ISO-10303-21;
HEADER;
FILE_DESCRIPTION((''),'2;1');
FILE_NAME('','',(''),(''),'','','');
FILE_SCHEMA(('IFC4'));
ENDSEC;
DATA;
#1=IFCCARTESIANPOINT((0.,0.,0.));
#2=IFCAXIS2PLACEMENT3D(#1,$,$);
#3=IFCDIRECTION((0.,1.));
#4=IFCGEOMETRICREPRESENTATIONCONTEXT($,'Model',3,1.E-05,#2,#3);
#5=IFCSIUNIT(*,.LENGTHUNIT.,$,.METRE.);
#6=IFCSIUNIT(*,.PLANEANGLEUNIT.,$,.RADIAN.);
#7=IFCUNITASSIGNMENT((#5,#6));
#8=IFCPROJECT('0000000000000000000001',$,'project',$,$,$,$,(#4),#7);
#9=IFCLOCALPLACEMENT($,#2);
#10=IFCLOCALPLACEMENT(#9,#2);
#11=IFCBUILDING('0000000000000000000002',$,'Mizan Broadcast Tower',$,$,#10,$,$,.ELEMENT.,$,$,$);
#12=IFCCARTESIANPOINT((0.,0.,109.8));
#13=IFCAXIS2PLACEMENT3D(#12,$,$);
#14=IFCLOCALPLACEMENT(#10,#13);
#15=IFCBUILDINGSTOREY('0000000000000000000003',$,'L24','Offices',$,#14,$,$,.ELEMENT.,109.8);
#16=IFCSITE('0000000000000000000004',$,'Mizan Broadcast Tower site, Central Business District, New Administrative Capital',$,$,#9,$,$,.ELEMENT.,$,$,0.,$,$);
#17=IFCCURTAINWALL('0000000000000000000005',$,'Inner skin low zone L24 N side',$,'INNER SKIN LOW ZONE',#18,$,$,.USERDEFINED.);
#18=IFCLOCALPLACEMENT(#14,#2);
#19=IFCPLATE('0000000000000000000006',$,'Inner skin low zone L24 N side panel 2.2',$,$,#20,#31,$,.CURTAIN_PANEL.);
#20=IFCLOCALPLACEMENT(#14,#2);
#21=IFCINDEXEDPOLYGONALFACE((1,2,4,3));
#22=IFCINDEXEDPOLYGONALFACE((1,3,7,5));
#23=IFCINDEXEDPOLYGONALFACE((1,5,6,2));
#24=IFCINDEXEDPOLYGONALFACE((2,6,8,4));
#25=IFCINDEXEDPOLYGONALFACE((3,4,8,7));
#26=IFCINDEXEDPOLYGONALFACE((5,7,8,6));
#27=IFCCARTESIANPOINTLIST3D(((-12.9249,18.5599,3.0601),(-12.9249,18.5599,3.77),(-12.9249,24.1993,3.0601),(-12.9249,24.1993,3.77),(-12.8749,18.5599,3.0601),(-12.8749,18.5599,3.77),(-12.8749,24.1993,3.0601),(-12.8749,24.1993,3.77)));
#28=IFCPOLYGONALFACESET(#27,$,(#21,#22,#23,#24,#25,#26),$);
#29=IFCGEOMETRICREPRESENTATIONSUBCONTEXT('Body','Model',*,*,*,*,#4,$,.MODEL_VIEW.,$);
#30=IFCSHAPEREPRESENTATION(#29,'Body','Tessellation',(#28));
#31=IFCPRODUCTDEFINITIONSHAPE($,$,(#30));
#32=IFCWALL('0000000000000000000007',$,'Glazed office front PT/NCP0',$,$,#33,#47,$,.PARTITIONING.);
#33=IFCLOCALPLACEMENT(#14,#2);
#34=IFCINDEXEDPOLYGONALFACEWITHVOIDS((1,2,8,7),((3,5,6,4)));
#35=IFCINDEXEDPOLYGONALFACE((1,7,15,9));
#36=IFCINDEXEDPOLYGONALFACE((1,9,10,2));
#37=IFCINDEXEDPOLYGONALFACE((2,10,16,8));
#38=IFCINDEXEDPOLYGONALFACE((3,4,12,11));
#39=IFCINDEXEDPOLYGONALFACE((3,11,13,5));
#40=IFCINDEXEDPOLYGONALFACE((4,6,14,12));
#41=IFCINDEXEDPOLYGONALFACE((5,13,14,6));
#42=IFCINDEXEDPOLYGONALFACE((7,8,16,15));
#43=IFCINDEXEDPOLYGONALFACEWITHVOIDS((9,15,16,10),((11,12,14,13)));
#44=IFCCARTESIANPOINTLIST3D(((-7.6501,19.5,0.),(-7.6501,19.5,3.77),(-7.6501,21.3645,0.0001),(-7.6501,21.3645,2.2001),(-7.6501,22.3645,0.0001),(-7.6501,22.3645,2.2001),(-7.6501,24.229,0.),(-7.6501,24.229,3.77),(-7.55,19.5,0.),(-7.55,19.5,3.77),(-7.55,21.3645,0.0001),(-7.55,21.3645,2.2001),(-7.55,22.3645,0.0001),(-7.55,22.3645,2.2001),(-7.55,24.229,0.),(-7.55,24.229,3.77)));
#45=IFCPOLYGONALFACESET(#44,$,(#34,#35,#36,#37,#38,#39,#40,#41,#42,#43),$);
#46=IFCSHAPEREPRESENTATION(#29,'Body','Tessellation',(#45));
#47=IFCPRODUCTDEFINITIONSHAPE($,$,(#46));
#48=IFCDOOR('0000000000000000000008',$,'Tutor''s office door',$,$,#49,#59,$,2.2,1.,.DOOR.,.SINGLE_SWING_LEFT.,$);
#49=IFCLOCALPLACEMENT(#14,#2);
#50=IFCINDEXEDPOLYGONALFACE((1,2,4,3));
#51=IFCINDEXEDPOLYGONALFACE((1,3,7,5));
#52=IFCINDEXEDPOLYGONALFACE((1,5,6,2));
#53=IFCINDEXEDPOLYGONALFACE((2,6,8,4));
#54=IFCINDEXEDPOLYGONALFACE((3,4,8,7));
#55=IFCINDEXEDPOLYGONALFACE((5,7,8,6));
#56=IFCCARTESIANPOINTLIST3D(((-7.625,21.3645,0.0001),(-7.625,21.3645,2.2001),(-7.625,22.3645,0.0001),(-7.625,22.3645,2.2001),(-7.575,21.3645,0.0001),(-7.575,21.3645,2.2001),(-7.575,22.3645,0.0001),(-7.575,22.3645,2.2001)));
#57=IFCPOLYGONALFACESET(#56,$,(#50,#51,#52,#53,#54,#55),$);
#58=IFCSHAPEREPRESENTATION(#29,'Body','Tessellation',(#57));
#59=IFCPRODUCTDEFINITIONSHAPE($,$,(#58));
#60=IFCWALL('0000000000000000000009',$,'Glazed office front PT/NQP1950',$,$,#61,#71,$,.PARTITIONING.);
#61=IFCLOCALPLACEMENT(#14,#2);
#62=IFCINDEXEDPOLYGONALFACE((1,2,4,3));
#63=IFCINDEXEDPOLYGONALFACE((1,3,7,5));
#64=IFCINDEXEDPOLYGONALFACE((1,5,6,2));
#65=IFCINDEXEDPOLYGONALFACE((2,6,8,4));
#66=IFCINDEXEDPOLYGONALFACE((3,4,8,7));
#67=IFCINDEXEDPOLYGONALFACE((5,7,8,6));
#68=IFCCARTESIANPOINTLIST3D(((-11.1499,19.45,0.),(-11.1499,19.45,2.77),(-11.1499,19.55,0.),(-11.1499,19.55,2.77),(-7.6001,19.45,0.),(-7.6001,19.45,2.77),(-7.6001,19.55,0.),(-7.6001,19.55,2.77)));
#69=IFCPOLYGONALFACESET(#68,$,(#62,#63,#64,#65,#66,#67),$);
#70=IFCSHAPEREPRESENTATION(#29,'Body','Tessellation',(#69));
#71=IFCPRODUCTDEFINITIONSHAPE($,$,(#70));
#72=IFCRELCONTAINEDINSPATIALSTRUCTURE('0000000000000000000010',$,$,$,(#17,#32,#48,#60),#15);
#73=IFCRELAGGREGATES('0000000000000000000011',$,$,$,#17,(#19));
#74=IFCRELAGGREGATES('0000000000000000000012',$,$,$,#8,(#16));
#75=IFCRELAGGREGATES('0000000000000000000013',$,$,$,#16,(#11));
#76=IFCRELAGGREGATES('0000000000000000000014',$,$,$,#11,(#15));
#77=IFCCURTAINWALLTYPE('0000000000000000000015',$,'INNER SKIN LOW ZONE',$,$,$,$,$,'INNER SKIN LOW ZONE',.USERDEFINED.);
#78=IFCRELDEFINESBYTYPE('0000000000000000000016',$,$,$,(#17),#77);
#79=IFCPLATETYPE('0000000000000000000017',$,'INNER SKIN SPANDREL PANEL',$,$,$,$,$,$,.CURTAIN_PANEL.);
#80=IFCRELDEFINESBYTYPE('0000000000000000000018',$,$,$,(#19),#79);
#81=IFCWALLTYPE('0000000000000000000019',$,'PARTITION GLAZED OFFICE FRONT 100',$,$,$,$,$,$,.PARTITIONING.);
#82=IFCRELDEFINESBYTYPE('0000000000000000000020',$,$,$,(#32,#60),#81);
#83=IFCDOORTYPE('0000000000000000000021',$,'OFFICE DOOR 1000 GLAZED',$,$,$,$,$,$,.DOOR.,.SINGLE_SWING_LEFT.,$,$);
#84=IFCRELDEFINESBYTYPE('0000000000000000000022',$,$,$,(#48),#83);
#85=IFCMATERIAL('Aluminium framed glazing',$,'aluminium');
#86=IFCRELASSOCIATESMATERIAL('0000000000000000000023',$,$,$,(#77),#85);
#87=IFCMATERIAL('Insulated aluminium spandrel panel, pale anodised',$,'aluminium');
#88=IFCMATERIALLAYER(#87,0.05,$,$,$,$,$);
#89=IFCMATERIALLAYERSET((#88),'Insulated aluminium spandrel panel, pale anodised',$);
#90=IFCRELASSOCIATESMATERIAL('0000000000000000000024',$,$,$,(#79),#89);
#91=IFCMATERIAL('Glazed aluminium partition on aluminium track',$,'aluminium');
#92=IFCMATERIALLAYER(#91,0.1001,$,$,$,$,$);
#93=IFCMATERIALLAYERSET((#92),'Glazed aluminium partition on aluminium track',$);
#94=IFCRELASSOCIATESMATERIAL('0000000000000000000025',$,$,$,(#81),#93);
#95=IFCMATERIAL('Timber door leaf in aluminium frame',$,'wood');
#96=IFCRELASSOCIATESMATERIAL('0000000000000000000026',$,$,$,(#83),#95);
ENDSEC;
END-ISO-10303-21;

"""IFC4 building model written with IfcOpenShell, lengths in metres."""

from ifc_helpers import new_model, si_unit, direction, frame, frame_2d, origin, origin_2d, place, context, subcontext, project, spatial, rectangle, extrude, material, layer, layer_set, type_object, element, fill, aggregate, save


model = new_model("IFC4")

# Units and contexts
model_context = context("Model", 3, precision=1e-05, world=origin(), true_north=direction((0.0, 1.0)))
body_context = subcontext(model_context, "Body", "Model", "MODEL_VIEW")
ifc_project = project(units=[si_unit("LENGTHUNIT", "METRE"), si_unit("PLANEANGLEUNIT", "RADIAN")], contexts=[model_context])

# Site, building, storey
site_placement = place(None, origin())
site = spatial("IfcSite", under=ifc_project, at=site_placement, Name="Mizan Broadcast Tower site, Central Business District, New Administrative Capital", CompositionType="ELEMENT", RefElevation=0.0)
building_placement = place(site_placement, origin())
building = spatial("IfcBuilding", under=site, at=building_placement, Name="Mizan Broadcast Tower", CompositionType="ELEMENT")
storey_placement = place(building_placement, frame((0.0, 0.0, 109.8)))
storey = spatial("IfcBuildingStorey", under=building, at=storey_placement, Name="L24", Description="Offices", CompositionType="ELEMENT", Elevation=109.8)

# Curtain wall, plate
ifc_material_1 = material(Name="Aluminium framed glazing", Category="aluminium")
curtain_wall_type = type_object("IfcCurtainWallType", Name="INNER SKIN LOW ZONE", ElementType="INNER SKIN LOW ZONE", PredefinedType="USERDEFINED", material=ifc_material_1)
curtain_wall_placement = place(storey_placement, origin())
curtain_wall = element("IfcCurtainWall", 1, at=curtain_wall_placement, inside=storey, type_object=curtain_wall_type, Name="Inner skin low zone L24 N side", ObjectType="INNER SKIN LOW ZONE", PredefinedType="USERDEFINED")
ifc_material_2 = material(Name="Insulated aluminium spandrel panel, pale anodised", Category="aluminium")
ifc_layer_1 = layer(ifc_material_2, 0.05)
ifc_layer_set_1 = layer_set([ifc_layer_1], Name="Insulated aluminium spandrel panel, pale anodised")
plate_type = type_object("IfcPlateType", Name="INNER SKIN SPANDREL PANEL", PredefinedType="CURTAIN_PANEL", material=ifc_layer_set_1)
plate_placement = place(storey_placement, frame((-12.8999, 21.3796, 3.0601), z_axis=(0.0, 0.0, 1.0), x_axis=(0.0, -1.0, 0.0)))
plate = element("IfcPlate", 2, at=plate_placement, type_object=plate_type, Name="Inner skin low zone L24 N side panel 2.2", PredefinedType="CURTAIN_PANEL", context=body_context, shape_type="SweptSolid", body=[
    extrude(rectangle(XDim=5.6394, YDim=0.05, at=origin_2d()), origin(), (0.0, 0.0, 1.0), 0.71),
])
aggregate(curtain_wall, [plate])

# Wall, opening, door
ifc_material_3 = material(Name="Glazed aluminium partition on aluminium track", Category="aluminium")
ifc_layer_2 = layer(ifc_material_3, 0.1001)
ifc_layer_set_2 = layer_set([ifc_layer_2], Name="Glazed aluminium partition on aluminium track")
wall_type = type_object("IfcWallType", Name="PARTITION GLAZED OFFICE FRONT 100", PredefinedType="PARTITIONING", material=ifc_layer_set_2)
wall_1_placement = place(storey_placement, frame((-7.6001, 19.5, 0.0), z_axis=(0.0, 0.0, 1.0), x_axis=(0.0, 1.0, 0.0)))
wall_1 = element("IfcWall", 3, at=wall_1_placement, inside=storey, type_object=wall_type, Name="Glazed office front PT/NCP0", PredefinedType="PARTITIONING", context=body_context, shape_type="SweptSolid", body=[
    extrude(rectangle(XDim=4.729, YDim=0.1001, at=frame_2d((2.3645, 0.0))), origin(), (0.0, 0.0, 1.0), 3.77),
])
opening_placement = place(wall_1_placement, frame((1.8645, 0.0, 0.0)))
opening = element("IfcOpeningElement", 4, at=opening_placement, cuts=wall_1, PredefinedType="OPENING", context=body_context, shape_type="SweptSolid", body=[
    extrude(rectangle(XDim=1.0, YDim=2.2, at=frame_2d((0.5, 1.1001))), frame((0.0, 0.0601, 0.0), z_axis=(0.0, -1.0, 0.0), x_axis=(1.0, 0.0, 0.0)), (0.0, 0.0, 1.0), 0.1201),
])
ifc_material_4 = material(Name="Timber door leaf in aluminium frame", Category="wood")
door_type = type_object("IfcDoorType", Name="OFFICE DOOR 1000 GLAZED", OperationType="SINGLE_SWING_LEFT", PredefinedType="DOOR", material=ifc_material_4)
door_placement = place(opening_placement, origin())
door = element("IfcDoor", 5, at=door_placement, inside=storey, type_object=door_type, Name="Tutor's office door", OperationType="SINGLE_SWING_LEFT", OverallHeight=2.2, OverallWidth=1.0, PredefinedType="DOOR", context=body_context, shape_type="SweptSolid", body=[
    extrude(rectangle(XDim=1.0, YDim=2.2, at=frame_2d((0.5, 1.1001))), frame((0.0, 0.0249, 0.0), z_axis=(0.0, -1.0, 0.0), x_axis=(1.0, 0.0, 0.0)), (0.0, 0.0, 1.0), 0.05),
])
fill(opening, door)

# Wall
wall_2_placement = place(storey_placement, frame((-7.6001, 19.5, 0.0), z_axis=(0.0, 0.0, 1.0), x_axis=(-1.0, 0.0, 0.0)))
element("IfcWall", 6, at=wall_2_placement, inside=storey, type_object=wall_type, Name="Glazed office front PT/NQP1950", PredefinedType="PARTITIONING", context=body_context, shape_type="SweptSolid", body=[
    extrude(rectangle(XDim=3.5498, YDim=0.1001, at=frame_2d((1.7749, 0.0))), origin(), (0.0, 0.0, 1.0), 2.77),
])

save(model, "model.ifc")
